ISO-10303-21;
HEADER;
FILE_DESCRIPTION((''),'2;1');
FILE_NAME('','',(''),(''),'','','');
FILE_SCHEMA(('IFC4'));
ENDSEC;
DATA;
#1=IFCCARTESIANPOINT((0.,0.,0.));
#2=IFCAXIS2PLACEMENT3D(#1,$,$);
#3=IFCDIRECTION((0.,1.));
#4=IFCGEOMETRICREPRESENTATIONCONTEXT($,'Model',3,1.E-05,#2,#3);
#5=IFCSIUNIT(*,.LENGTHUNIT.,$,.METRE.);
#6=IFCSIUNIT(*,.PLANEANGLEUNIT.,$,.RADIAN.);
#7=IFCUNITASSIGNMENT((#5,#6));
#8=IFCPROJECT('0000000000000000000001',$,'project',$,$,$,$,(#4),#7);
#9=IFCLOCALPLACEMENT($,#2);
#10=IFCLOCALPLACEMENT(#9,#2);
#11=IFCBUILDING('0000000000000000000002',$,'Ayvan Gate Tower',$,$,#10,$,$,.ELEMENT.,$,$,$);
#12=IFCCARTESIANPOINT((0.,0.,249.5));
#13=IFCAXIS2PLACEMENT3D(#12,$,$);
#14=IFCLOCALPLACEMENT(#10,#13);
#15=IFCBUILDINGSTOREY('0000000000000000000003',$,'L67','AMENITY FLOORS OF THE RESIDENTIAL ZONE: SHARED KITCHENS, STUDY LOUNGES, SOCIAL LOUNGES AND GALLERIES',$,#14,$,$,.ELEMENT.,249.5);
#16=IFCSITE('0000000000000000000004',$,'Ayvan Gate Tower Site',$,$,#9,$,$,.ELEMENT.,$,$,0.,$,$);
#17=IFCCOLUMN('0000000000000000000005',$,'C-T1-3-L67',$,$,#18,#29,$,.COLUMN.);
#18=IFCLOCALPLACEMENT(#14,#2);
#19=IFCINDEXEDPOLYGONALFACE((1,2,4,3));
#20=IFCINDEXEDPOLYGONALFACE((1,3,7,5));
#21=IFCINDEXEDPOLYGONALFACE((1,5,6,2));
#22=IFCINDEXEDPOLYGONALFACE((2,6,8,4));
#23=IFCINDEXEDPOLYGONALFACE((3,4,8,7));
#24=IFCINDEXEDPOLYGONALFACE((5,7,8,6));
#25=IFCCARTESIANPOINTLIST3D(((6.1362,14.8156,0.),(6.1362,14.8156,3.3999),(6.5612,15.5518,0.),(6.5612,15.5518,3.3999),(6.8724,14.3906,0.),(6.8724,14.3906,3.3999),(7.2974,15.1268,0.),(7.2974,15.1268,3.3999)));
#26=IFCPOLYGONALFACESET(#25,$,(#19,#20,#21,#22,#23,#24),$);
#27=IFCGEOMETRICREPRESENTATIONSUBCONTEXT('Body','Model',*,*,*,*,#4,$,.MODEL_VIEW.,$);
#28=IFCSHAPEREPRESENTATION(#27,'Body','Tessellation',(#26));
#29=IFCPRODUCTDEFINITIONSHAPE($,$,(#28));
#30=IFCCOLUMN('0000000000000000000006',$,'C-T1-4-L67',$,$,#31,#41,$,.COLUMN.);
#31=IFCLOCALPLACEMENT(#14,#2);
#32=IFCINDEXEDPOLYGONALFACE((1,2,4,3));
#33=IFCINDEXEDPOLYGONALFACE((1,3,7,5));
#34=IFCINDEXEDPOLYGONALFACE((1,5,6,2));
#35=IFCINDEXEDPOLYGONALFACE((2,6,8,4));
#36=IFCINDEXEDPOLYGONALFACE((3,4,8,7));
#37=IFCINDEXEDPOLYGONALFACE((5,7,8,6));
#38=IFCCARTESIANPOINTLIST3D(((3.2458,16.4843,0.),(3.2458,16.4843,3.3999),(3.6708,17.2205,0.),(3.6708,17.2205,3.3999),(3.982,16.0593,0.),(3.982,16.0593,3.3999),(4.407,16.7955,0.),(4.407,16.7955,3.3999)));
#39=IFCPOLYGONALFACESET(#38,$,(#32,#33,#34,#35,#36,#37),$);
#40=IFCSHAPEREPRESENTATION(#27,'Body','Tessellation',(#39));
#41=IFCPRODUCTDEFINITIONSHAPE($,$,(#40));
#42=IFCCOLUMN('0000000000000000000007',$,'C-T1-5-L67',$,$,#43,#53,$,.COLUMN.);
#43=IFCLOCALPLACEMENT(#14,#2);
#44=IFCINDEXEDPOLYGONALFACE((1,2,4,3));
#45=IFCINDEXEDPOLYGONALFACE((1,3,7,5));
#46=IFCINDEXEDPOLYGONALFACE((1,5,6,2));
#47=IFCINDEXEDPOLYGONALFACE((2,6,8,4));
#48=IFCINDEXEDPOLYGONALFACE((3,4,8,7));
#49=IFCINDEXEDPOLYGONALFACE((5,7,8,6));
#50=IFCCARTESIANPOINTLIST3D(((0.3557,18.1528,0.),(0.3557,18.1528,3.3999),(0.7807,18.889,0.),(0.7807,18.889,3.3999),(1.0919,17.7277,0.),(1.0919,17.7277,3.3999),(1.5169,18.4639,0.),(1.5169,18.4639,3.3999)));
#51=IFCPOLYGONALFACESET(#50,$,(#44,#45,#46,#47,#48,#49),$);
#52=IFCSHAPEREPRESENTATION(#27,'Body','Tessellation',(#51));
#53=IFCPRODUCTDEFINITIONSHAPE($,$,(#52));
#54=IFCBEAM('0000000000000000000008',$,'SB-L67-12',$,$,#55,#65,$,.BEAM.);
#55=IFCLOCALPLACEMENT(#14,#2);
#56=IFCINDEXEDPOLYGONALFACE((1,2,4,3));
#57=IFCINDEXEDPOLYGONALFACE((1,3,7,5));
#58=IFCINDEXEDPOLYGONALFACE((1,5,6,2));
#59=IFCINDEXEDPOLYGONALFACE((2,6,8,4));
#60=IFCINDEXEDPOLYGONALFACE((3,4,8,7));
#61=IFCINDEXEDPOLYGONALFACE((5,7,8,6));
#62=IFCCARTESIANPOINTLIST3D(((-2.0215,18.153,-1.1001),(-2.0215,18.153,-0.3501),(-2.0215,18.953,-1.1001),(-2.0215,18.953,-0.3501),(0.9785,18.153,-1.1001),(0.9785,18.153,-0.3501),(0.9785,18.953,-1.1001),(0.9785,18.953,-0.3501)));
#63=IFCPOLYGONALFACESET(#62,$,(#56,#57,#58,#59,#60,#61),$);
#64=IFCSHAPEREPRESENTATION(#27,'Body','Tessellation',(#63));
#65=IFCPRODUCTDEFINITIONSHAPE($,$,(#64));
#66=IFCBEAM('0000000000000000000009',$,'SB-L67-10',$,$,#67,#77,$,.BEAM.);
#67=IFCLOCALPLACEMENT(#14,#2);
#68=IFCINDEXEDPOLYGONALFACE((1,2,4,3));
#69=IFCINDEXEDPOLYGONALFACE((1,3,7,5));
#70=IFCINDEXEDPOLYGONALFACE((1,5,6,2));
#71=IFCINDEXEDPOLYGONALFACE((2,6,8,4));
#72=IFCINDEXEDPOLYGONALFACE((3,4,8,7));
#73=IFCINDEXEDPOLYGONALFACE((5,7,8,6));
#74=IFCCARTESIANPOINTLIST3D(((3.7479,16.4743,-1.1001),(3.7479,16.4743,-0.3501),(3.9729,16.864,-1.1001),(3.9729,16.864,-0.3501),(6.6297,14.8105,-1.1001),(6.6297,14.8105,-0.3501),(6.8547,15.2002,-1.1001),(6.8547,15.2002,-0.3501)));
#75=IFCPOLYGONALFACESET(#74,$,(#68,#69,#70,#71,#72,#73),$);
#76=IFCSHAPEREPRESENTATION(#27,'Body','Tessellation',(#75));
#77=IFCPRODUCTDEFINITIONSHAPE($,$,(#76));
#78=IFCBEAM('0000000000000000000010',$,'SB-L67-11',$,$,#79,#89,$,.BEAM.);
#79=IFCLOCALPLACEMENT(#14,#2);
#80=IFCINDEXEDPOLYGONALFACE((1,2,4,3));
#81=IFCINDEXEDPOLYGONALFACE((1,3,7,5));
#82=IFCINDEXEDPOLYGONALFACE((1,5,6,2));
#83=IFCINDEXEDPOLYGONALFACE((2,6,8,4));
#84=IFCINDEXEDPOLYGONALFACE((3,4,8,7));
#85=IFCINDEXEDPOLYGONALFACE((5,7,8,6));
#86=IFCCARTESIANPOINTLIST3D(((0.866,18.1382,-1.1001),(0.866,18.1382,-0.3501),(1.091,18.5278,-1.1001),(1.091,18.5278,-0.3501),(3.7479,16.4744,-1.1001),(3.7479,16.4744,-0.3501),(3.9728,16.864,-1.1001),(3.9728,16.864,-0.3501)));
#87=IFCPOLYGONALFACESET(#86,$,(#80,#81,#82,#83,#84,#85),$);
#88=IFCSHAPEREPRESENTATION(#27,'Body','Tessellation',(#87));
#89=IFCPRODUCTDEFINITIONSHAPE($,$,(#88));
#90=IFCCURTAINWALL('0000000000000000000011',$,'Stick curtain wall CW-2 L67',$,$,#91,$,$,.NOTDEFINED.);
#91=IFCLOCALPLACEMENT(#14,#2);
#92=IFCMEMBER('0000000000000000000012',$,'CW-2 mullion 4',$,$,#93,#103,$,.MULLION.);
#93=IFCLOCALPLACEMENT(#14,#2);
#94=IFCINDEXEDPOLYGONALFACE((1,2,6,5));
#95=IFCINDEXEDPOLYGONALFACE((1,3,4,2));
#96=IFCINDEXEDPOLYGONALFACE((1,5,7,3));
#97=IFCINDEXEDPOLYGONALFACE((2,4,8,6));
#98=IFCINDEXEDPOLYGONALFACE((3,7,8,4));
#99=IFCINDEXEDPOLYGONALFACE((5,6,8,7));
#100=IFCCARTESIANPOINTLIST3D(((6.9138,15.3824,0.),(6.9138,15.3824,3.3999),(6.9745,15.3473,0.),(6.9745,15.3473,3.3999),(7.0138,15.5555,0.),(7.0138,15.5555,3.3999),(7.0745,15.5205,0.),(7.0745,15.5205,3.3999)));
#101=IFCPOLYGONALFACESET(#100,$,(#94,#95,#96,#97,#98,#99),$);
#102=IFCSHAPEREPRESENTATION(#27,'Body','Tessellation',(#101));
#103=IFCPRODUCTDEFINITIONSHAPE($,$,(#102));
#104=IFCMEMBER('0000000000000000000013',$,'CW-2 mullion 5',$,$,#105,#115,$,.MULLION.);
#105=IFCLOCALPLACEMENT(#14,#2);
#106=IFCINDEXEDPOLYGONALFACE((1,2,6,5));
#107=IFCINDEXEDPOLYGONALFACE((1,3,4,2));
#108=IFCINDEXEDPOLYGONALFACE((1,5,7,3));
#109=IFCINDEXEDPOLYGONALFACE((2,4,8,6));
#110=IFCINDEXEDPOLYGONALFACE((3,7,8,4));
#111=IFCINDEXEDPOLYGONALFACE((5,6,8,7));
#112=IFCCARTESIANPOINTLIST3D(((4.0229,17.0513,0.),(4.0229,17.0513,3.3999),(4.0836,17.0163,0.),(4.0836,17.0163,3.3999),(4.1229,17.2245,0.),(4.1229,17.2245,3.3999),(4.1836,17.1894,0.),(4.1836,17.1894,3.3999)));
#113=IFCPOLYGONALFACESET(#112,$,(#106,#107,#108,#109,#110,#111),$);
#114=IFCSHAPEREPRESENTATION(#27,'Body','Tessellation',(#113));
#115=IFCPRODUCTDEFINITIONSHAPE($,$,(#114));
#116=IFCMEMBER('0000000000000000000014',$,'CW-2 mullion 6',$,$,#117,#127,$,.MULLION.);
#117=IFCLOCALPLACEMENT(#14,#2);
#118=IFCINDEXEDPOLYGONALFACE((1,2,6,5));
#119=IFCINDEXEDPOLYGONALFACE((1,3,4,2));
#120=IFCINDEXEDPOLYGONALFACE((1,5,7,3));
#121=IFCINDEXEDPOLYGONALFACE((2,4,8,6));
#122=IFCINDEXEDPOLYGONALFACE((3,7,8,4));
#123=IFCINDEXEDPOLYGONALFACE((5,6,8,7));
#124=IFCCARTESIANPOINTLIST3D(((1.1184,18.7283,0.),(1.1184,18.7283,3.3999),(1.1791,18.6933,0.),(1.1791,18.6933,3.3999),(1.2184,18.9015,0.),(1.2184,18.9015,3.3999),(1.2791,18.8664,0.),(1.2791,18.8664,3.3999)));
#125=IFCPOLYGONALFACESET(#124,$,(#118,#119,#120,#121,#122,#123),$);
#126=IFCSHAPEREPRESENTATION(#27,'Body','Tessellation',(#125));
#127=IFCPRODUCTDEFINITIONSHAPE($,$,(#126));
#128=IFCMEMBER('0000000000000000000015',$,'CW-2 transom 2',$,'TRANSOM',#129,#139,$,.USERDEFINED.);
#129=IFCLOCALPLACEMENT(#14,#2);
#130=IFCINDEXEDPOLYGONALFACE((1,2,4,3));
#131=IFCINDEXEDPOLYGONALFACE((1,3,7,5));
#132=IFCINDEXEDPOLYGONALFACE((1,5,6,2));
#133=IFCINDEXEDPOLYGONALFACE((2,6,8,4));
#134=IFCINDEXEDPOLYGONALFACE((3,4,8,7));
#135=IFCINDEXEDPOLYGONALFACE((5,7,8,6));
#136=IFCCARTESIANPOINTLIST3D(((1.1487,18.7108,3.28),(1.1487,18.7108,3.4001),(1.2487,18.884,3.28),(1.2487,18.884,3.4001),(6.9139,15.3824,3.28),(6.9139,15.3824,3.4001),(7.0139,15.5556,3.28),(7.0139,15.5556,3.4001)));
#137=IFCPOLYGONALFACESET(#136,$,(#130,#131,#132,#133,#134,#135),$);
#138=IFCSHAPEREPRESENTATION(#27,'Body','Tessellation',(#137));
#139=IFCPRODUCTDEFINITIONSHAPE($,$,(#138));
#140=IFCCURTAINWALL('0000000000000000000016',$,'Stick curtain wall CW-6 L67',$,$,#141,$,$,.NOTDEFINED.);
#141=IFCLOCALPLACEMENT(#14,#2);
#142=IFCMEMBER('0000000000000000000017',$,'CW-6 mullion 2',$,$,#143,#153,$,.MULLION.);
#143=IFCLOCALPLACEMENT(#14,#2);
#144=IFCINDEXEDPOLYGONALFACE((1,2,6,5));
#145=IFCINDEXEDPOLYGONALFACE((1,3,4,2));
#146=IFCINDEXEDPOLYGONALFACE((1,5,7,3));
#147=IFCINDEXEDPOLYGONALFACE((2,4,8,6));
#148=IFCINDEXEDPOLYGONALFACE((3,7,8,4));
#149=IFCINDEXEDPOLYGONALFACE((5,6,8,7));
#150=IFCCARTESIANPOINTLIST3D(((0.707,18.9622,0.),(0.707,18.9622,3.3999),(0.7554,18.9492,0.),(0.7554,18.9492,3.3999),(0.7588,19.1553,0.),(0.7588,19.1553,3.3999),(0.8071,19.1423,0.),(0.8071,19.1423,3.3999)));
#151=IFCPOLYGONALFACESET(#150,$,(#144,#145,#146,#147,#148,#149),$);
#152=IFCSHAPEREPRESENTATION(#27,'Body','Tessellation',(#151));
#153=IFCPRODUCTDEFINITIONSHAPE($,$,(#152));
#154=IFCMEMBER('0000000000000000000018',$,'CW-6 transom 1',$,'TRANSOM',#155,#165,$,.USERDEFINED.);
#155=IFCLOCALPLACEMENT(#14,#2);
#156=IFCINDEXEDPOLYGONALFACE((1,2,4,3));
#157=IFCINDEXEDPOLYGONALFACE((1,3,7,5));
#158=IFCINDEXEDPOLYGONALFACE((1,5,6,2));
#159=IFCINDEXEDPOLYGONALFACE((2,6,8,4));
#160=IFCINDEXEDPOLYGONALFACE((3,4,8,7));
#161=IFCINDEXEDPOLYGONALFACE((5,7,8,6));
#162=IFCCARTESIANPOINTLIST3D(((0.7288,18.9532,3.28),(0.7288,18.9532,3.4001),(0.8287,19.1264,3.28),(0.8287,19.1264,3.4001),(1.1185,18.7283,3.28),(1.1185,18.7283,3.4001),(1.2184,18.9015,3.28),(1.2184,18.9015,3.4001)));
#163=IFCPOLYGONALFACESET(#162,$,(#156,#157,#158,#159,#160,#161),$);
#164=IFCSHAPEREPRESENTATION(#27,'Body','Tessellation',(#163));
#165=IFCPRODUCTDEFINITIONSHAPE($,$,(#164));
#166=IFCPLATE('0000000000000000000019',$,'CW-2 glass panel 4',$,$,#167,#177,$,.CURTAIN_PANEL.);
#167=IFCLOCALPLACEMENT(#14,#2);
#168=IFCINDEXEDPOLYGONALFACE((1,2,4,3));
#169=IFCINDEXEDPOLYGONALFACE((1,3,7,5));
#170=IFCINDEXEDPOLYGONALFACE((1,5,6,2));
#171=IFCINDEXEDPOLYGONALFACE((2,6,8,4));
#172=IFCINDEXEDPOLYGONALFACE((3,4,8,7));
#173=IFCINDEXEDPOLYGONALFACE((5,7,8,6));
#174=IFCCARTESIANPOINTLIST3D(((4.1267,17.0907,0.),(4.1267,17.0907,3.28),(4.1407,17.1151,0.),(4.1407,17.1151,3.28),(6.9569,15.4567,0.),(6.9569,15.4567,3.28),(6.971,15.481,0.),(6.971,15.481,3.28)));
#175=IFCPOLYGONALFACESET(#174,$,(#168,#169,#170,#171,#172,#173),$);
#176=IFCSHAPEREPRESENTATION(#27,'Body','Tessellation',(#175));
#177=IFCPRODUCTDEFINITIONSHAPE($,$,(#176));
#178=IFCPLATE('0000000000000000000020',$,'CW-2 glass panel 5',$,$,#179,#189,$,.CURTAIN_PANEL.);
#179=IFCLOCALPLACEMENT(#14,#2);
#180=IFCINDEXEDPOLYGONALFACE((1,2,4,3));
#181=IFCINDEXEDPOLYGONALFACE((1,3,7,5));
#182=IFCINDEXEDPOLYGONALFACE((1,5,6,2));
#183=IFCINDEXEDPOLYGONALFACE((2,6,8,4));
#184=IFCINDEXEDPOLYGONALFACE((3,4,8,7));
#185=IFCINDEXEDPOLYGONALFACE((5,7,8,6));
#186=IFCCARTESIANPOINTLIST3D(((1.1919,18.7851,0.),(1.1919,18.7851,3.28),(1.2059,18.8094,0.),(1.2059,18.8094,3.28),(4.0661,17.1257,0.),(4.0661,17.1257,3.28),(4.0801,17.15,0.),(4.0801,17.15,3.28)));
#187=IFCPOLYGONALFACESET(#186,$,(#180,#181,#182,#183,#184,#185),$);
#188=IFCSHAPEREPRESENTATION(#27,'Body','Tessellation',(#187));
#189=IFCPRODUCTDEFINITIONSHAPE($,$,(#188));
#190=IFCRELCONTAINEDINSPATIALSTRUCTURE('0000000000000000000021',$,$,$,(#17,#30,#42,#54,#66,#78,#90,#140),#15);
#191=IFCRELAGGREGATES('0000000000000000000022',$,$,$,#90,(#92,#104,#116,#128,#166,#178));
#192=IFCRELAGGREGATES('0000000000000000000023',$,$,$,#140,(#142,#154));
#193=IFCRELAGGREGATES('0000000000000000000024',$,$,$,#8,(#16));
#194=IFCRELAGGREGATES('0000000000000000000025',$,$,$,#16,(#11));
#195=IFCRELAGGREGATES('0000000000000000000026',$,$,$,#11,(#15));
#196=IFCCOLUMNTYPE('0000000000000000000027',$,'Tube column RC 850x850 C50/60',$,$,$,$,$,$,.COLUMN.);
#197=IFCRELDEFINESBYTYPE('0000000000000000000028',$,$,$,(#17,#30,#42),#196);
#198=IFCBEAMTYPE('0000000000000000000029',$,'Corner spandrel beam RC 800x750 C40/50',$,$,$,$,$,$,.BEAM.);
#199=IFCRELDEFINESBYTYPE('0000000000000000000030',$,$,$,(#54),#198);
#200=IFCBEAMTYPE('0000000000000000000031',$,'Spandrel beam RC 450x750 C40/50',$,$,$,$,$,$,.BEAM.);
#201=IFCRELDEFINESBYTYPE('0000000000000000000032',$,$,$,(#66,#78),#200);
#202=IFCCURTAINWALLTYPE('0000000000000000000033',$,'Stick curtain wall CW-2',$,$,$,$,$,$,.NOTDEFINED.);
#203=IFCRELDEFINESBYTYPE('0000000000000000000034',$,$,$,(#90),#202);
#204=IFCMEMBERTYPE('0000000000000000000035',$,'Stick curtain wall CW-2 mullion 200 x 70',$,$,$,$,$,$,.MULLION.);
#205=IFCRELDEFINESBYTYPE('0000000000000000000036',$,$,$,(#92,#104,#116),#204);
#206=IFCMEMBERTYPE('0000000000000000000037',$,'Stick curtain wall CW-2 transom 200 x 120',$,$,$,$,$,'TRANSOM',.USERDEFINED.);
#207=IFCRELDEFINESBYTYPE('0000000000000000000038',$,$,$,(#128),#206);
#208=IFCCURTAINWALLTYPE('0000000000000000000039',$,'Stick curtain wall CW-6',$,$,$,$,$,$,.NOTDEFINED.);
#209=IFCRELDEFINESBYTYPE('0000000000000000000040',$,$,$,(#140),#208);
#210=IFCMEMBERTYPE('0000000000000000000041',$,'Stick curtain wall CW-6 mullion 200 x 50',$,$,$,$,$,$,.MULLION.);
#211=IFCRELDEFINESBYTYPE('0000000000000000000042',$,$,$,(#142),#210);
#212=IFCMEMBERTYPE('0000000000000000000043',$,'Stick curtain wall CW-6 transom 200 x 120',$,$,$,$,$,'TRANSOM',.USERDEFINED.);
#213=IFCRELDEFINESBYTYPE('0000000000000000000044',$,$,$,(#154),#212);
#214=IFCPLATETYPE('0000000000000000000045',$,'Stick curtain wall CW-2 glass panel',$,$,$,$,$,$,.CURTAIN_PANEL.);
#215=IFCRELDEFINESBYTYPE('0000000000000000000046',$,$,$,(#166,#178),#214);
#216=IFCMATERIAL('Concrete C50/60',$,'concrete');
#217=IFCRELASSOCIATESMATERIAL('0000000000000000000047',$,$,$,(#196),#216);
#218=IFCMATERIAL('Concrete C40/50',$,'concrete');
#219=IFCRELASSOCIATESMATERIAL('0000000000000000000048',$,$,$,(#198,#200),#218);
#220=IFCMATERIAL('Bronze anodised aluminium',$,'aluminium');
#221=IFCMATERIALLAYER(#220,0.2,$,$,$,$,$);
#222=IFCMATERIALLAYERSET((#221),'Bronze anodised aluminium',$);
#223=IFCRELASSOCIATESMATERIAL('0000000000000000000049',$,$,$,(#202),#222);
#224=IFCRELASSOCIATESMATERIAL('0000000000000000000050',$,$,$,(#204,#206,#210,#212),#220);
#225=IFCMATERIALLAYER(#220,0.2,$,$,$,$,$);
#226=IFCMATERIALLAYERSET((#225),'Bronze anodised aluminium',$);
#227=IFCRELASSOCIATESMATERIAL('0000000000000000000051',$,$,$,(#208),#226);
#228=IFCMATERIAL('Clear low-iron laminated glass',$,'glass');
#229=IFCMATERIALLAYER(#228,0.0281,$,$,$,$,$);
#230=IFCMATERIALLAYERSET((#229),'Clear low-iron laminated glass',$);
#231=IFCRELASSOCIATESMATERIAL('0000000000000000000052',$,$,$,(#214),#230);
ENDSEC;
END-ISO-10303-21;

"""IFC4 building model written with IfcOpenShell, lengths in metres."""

from ifc_helpers import new_model, si_unit, direction, frame, origin, origin_2d, place, context, subcontext, project, spatial, rectangle, extrude, material, layer, layer_set, material_profile, profile_set, type_object, element, aggregate, save


model = new_model("IFC4")

# Units and contexts
model_context = context("Model", 3, precision=1e-05, world=origin(), true_north=direction((0.0, 1.0)))
body_context = subcontext(model_context, "Body", "Model", "MODEL_VIEW")
ifc_project = project(units=[si_unit("LENGTHUNIT", "METRE"), si_unit("PLANEANGLEUNIT", "RADIAN")], contexts=[model_context])

# Site, building, storey
site_placement = place(None, origin())
site = spatial("IfcSite", under=ifc_project, at=site_placement, Name="Ayvan Gate Tower Site", CompositionType="ELEMENT", RefElevation=0.0)
building_placement = place(site_placement, origin())
building = spatial("IfcBuilding", under=site, at=building_placement, Name="Ayvan Gate Tower", CompositionType="ELEMENT")
storey_placement = place(building_placement, frame((0.0, 0.0, 249.5)))
storey = spatial("IfcBuildingStorey", under=building, at=storey_placement, Name="L67", Description="AMENITY FLOORS OF THE RESIDENTIAL ZONE: SHARED KITCHENS, STUDY LOUNGES, SOCIAL LOUNGES AND GALLERIES", CompositionType="ELEMENT", Elevation=249.5)

# Columns
ifc_material_1 = material(Name="Concrete C50/60", Category="concrete")
ifc_material_profile_1 = material_profile(ifc_material_1, rectangle(XDim=0.8501, YDim=0.8501, at=origin_2d()), Name="RC 850x850")
ifc_profile_set_1 = profile_set([ifc_material_profile_1], Name="Concrete C50/60")
column_type = type_object("IfcColumnType", Name="Tube column RC 850x850 C50/60", PredefinedType="COLUMN", material=ifc_profile_set_1)
for number, where, z_axis, x_axis, name in (
    (1, (6.7168, 14.9712, 0.0), (0.0, 0.0, 1.0), (0.5, 0.866025, 0.0), "C-T1-3-L67"),
    (2, (3.8264, 16.6399, 0.0), (0.0, 0.0, 1.0), (0.5, 0.866025, 0.0), "C-T1-4-L67"),
    (3, (0.9363, 18.3083, 0.0), (0.0, 0.0, 1.0), (0.5, 0.866025, 0.0), "C-T1-5-L67"),
):
    element("IfcColumn", number, at=place(storey_placement, frame(where, z_axis=z_axis, x_axis=x_axis)), inside=storey, type_object=column_type, Name=name, PredefinedType="COLUMN", context=body_context, shape_type="SweptSolid", body=[
        extrude(rectangle(XDim=0.8501, YDim=0.8501, at=origin_2d()), origin(), (0.0, 0.0, 1.0), 3.3999),
    ])

# Beams
ifc_material_2 = material(Name="Concrete C40/50", Category="concrete")
ifc_material_profile_2 = material_profile(ifc_material_2, rectangle(XDim=0.8, YDim=0.75, at=origin_2d()), Name="RC 800x750")
ifc_profile_set_2 = profile_set([ifc_material_profile_2], Name="Concrete C40/50")
beam_type_1 = type_object("IfcBeamType", Name="Corner spandrel beam RC 800x750 C40/50", PredefinedType="BEAM", material=ifc_profile_set_2)
beam_placement = place(storey_placement, frame((0.9785, 18.553, -0.7251), z_axis=(-1.0, 0.0, 0.0), x_axis=(0.0, -1.0, 0.0)))
element("IfcBeam", 4, at=beam_placement, inside=storey, type_object=beam_type_1, Name="SB-L67-12", PredefinedType="BEAM", context=body_context, shape_type="SweptSolid", body=[
    extrude(rectangle(XDim=0.8, YDim=0.75, at=origin_2d()), origin(), (0.0, 0.0, 1.0), 3.0),
])
ifc_material_profile_3 = material_profile(ifc_material_2, rectangle(XDim=0.45, YDim=0.75, at=origin_2d()), Name="RC 450x750")
ifc_profile_set_3 = profile_set([ifc_material_profile_3], Name="Concrete C40/50")
beam_type_2 = type_object("IfcBeamType", Name="Spandrel beam RC 450x750 C40/50", PredefinedType="BEAM", material=ifc_profile_set_3)
for number, where, z_axis, x_axis, name in (
    (5, (6.7422, 15.0054, -0.7251), (-0.866027, 0.499998, 0.0), (-0.499998, -0.866027, 0.0), "SB-L67-10"),
    (6, (3.8604, 16.6692, -0.7251), (-0.866027, 0.499998, 0.0), (-0.499998, -0.866027, 0.0), "SB-L67-11"),
):
    element("IfcBeam", number, at=place(storey_placement, frame(where, z_axis=z_axis, x_axis=x_axis)), inside=storey, type_object=beam_type_2, Name=name, PredefinedType="BEAM", context=body_context, shape_type="SweptSolid", body=[
        extrude(rectangle(XDim=0.45, YDim=0.75, at=origin_2d()), origin(), (0.0, 0.0, 1.0), 3.3276),
    ])

# Curtain walls, members
ifc_material_3 = material(Name="Bronze anodised aluminium", Category="aluminium")
ifc_layer_1 = layer(ifc_material_3, 0.2)
ifc_layer_set_1 = layer_set([ifc_layer_1], Name="Bronze anodised aluminium")
curtain_wall_type_1 = type_object("IfcCurtainWallType", Name="Stick curtain wall CW-2", PredefinedType="NOTDEFINED", material=ifc_layer_set_1)
curtain_wall_1_placement = place(storey_placement, origin())
curtain_wall_1 = element("IfcCurtainWall", 7, at=curtain_wall_1_placement, inside=storey, type_object=curtain_wall_type_1, Name="Stick curtain wall CW-2 L67", PredefinedType="NOTDEFINED")
ifc_material_profile_4 = material_profile(ifc_material_3, rectangle(XDim=0.2, YDim=0.0701, at=origin_2d()), Name="Stick curtain wall CW-2 mullion 200 x 70")
ifc_profile_set_4 = profile_set([ifc_material_profile_4], Name="Bronze anodised aluminium")
member_type_1 = type_object("IfcMemberType", Name="Stick curtain wall CW-2 mullion 200 x 70", PredefinedType="MULLION", material=ifc_profile_set_4)
member_1_placement = place(storey_placement, frame((6.9941, 15.4514, 0.0), z_axis=(0.0, 0.0, 1.0), x_axis=(0.5, 0.866025, 0.0)))
member_1 = element("IfcMember", 8, at=member_1_placement, type_object=member_type_1, Name="CW-2 mullion 4", PredefinedType="MULLION", context=body_context, shape_type="SweptSolid", body=[
    extrude(rectangle(XDim=0.2, YDim=0.0701, at=origin_2d()), origin(), (0.0, 0.0, 1.0), 3.3999),
])
member_2_placement = place(storey_placement, frame((4.1033, 17.1204, 0.0), z_axis=(0.0, 0.0, 1.0), x_axis=(0.5, 0.866025, 0.0)))
member_2 = element("IfcMember", 9, at=member_2_placement, type_object=member_type_1, Name="CW-2 mullion 5", PredefinedType="MULLION", context=body_context, shape_type="SweptSolid", body=[
    extrude(rectangle(XDim=0.2, YDim=0.0701, at=origin_2d()), origin(), (0.0, 0.0, 1.0), 3.3999),
])
member_3_placement = place(storey_placement, frame((1.1987, 18.7974, 0.0), z_axis=(0.0, 0.0, 1.0), x_axis=(0.5, 0.866025, 0.0)))
member_3 = element("IfcMember", 10, at=member_3_placement, type_object=member_type_1, Name="CW-2 mullion 6", PredefinedType="MULLION", context=body_context, shape_type="SweptSolid", body=[
    extrude(rectangle(XDim=0.2, YDim=0.0701, at=origin_2d()), origin(), (0.0, 0.0, 1.0), 3.3999),
])
ifc_material_profile_5 = material_profile(ifc_material_3, rectangle(XDim=0.2, YDim=0.1201, at=origin_2d()), Name="Stick curtain wall CW-2 transom 200 x 120")
ifc_profile_set_5 = profile_set([ifc_material_profile_5], Name="Bronze anodised aluminium")
member_type_2 = type_object("IfcMemberType", Name="Stick curtain wall CW-2 transom 200 x 120", ElementType="TRANSOM", PredefinedType="USERDEFINED", material=ifc_profile_set_5)
member_4_placement = place(storey_placement, frame((6.9639, 15.469, 3.3401), z_axis=(-0.866034, 0.499985, 0.0), x_axis=(-0.499985, -0.866034, 0.0)))
member_4 = element("IfcMember", 11, at=member_4_placement, type_object=member_type_2, Name="CW-2 transom 2", ObjectType="TRANSOM", PredefinedType="USERDEFINED", context=body_context, shape_type="SweptSolid", body=[
    extrude(rectangle(XDim=0.2, YDim=0.1201, at=origin_2d()), origin(), (0.0, 0.0, 1.0), 6.657),
])
ifc_layer_2 = layer(ifc_material_3, 0.2)
ifc_layer_set_2 = layer_set([ifc_layer_2], Name="Bronze anodised aluminium")
curtain_wall_type_2 = type_object("IfcCurtainWallType", Name="Stick curtain wall CW-6", PredefinedType="NOTDEFINED", material=ifc_layer_set_2)
curtain_wall_2_placement = place(storey_placement, origin())
curtain_wall_2 = element("IfcCurtainWall", 12, at=curtain_wall_2_placement, inside=storey, type_object=curtain_wall_type_2, Name="Stick curtain wall CW-6 L67", PredefinedType="NOTDEFINED")
ifc_material_profile_6 = material_profile(ifc_material_3, rectangle(XDim=0.2, YDim=0.05, at=origin_2d()), Name="Stick curtain wall CW-6 mullion 200 x 50")
ifc_profile_set_6 = profile_set([ifc_material_profile_6], Name="Bronze anodised aluminium")
member_type_3 = type_object("IfcMemberType", Name="Stick curtain wall CW-6 mullion 200 x 50", PredefinedType="MULLION", material=ifc_profile_set_6)
member_5_placement = place(storey_placement, frame((0.7571, 19.0522, 0.0), z_axis=(0.0, 0.0, 1.0), x_axis=(0.258819, 0.965926, 0.0)))
member_5 = element("IfcMember", 13, at=member_5_placement, type_object=member_type_3, Name="CW-6 mullion 2", PredefinedType="MULLION", context=body_context, shape_type="SweptSolid", body=[
    extrude(rectangle(XDim=0.2, YDim=0.05, at=origin_2d()), origin(), (0.0, 0.0, 1.0), 3.3999),
])
ifc_material_profile_7 = material_profile(ifc_material_3, rectangle(XDim=0.2, YDim=0.1201, at=origin_2d()), Name="Stick curtain wall CW-6 transom 200 x 120")
ifc_profile_set_7 = profile_set([ifc_material_profile_7], Name="Bronze anodised aluminium")
member_type_4 = type_object("IfcMemberType", Name="Stick curtain wall CW-6 transom 200 x 120", ElementType="TRANSOM", PredefinedType="USERDEFINED", material=ifc_profile_set_7)
member_6_placement = place(storey_placement, frame((1.1685, 18.8149, 3.3401), z_axis=(-0.866131, 0.499816, 0.0), x_axis=(-0.499816, -0.866131, 0.0)))
member_6 = element("IfcMember", 14, at=member_6_placement, type_object=member_type_4, Name="CW-6 transom 1", ObjectType="TRANSOM", PredefinedType="USERDEFINED", context=body_context, shape_type="SweptSolid", body=[
    extrude(rectangle(XDim=0.2, YDim=0.1201, at=origin_2d()), origin(), (0.0, 0.0, 1.0), 0.45),
])

# Plates
ifc_material_4 = material(Name="Clear low-iron laminated glass", Category="glass")
ifc_layer_3 = layer(ifc_material_4, 0.0281)
ifc_layer_set_3 = layer_set([ifc_layer_3], Name="Clear low-iron laminated glass")
plate_type_1 = type_object("IfcPlateType", Name="Stick curtain wall CW-2 glass panel", PredefinedType="CURTAIN_PANEL", material=ifc_layer_set_3)
plate_1_placement = place(storey_placement, frame((5.5488, 16.2859, 0.0), z_axis=(0.0, 0.0, 1.0), x_axis=(-0.866025, 0.5, 0.0)))
plate_1 = element("IfcPlate", 15, at=plate_1_placement, type_object=plate_type_1, Name="CW-2 glass panel 4", PredefinedType="CURTAIN_PANEL", context=body_context, shape_type="SweptSolid", body=[
    extrude(rectangle(XDim=3.2681, YDim=0.0281, at=origin_2d()), origin(), (0.0, 0.0, 1.0), 3.28),
])
plate_2_placement = place(storey_placement, frame((2.636, 17.9675, 0.0), z_axis=(0.0, 0.0, 1.0), x_axis=(-0.866025, 0.5, 0.0)))
plate_2 = element("IfcPlate", 16, at=plate_2_placement, type_object=plate_type_1, Name="CW-2 glass panel 5", PredefinedType="CURTAIN_PANEL", context=body_context, shape_type="SweptSolid", body=[
    extrude(rectangle(XDim=3.3188, YDim=0.0281, at=origin_2d()), origin(), (0.0, 0.0, 1.0), 3.28),
])
aggregate(curtain_wall_1, [member_1, member_2, member_3, member_4, plate_1, plate_2])
aggregate(curtain_wall_2, [member_5, member_6])

save(model, "model.ifc")
